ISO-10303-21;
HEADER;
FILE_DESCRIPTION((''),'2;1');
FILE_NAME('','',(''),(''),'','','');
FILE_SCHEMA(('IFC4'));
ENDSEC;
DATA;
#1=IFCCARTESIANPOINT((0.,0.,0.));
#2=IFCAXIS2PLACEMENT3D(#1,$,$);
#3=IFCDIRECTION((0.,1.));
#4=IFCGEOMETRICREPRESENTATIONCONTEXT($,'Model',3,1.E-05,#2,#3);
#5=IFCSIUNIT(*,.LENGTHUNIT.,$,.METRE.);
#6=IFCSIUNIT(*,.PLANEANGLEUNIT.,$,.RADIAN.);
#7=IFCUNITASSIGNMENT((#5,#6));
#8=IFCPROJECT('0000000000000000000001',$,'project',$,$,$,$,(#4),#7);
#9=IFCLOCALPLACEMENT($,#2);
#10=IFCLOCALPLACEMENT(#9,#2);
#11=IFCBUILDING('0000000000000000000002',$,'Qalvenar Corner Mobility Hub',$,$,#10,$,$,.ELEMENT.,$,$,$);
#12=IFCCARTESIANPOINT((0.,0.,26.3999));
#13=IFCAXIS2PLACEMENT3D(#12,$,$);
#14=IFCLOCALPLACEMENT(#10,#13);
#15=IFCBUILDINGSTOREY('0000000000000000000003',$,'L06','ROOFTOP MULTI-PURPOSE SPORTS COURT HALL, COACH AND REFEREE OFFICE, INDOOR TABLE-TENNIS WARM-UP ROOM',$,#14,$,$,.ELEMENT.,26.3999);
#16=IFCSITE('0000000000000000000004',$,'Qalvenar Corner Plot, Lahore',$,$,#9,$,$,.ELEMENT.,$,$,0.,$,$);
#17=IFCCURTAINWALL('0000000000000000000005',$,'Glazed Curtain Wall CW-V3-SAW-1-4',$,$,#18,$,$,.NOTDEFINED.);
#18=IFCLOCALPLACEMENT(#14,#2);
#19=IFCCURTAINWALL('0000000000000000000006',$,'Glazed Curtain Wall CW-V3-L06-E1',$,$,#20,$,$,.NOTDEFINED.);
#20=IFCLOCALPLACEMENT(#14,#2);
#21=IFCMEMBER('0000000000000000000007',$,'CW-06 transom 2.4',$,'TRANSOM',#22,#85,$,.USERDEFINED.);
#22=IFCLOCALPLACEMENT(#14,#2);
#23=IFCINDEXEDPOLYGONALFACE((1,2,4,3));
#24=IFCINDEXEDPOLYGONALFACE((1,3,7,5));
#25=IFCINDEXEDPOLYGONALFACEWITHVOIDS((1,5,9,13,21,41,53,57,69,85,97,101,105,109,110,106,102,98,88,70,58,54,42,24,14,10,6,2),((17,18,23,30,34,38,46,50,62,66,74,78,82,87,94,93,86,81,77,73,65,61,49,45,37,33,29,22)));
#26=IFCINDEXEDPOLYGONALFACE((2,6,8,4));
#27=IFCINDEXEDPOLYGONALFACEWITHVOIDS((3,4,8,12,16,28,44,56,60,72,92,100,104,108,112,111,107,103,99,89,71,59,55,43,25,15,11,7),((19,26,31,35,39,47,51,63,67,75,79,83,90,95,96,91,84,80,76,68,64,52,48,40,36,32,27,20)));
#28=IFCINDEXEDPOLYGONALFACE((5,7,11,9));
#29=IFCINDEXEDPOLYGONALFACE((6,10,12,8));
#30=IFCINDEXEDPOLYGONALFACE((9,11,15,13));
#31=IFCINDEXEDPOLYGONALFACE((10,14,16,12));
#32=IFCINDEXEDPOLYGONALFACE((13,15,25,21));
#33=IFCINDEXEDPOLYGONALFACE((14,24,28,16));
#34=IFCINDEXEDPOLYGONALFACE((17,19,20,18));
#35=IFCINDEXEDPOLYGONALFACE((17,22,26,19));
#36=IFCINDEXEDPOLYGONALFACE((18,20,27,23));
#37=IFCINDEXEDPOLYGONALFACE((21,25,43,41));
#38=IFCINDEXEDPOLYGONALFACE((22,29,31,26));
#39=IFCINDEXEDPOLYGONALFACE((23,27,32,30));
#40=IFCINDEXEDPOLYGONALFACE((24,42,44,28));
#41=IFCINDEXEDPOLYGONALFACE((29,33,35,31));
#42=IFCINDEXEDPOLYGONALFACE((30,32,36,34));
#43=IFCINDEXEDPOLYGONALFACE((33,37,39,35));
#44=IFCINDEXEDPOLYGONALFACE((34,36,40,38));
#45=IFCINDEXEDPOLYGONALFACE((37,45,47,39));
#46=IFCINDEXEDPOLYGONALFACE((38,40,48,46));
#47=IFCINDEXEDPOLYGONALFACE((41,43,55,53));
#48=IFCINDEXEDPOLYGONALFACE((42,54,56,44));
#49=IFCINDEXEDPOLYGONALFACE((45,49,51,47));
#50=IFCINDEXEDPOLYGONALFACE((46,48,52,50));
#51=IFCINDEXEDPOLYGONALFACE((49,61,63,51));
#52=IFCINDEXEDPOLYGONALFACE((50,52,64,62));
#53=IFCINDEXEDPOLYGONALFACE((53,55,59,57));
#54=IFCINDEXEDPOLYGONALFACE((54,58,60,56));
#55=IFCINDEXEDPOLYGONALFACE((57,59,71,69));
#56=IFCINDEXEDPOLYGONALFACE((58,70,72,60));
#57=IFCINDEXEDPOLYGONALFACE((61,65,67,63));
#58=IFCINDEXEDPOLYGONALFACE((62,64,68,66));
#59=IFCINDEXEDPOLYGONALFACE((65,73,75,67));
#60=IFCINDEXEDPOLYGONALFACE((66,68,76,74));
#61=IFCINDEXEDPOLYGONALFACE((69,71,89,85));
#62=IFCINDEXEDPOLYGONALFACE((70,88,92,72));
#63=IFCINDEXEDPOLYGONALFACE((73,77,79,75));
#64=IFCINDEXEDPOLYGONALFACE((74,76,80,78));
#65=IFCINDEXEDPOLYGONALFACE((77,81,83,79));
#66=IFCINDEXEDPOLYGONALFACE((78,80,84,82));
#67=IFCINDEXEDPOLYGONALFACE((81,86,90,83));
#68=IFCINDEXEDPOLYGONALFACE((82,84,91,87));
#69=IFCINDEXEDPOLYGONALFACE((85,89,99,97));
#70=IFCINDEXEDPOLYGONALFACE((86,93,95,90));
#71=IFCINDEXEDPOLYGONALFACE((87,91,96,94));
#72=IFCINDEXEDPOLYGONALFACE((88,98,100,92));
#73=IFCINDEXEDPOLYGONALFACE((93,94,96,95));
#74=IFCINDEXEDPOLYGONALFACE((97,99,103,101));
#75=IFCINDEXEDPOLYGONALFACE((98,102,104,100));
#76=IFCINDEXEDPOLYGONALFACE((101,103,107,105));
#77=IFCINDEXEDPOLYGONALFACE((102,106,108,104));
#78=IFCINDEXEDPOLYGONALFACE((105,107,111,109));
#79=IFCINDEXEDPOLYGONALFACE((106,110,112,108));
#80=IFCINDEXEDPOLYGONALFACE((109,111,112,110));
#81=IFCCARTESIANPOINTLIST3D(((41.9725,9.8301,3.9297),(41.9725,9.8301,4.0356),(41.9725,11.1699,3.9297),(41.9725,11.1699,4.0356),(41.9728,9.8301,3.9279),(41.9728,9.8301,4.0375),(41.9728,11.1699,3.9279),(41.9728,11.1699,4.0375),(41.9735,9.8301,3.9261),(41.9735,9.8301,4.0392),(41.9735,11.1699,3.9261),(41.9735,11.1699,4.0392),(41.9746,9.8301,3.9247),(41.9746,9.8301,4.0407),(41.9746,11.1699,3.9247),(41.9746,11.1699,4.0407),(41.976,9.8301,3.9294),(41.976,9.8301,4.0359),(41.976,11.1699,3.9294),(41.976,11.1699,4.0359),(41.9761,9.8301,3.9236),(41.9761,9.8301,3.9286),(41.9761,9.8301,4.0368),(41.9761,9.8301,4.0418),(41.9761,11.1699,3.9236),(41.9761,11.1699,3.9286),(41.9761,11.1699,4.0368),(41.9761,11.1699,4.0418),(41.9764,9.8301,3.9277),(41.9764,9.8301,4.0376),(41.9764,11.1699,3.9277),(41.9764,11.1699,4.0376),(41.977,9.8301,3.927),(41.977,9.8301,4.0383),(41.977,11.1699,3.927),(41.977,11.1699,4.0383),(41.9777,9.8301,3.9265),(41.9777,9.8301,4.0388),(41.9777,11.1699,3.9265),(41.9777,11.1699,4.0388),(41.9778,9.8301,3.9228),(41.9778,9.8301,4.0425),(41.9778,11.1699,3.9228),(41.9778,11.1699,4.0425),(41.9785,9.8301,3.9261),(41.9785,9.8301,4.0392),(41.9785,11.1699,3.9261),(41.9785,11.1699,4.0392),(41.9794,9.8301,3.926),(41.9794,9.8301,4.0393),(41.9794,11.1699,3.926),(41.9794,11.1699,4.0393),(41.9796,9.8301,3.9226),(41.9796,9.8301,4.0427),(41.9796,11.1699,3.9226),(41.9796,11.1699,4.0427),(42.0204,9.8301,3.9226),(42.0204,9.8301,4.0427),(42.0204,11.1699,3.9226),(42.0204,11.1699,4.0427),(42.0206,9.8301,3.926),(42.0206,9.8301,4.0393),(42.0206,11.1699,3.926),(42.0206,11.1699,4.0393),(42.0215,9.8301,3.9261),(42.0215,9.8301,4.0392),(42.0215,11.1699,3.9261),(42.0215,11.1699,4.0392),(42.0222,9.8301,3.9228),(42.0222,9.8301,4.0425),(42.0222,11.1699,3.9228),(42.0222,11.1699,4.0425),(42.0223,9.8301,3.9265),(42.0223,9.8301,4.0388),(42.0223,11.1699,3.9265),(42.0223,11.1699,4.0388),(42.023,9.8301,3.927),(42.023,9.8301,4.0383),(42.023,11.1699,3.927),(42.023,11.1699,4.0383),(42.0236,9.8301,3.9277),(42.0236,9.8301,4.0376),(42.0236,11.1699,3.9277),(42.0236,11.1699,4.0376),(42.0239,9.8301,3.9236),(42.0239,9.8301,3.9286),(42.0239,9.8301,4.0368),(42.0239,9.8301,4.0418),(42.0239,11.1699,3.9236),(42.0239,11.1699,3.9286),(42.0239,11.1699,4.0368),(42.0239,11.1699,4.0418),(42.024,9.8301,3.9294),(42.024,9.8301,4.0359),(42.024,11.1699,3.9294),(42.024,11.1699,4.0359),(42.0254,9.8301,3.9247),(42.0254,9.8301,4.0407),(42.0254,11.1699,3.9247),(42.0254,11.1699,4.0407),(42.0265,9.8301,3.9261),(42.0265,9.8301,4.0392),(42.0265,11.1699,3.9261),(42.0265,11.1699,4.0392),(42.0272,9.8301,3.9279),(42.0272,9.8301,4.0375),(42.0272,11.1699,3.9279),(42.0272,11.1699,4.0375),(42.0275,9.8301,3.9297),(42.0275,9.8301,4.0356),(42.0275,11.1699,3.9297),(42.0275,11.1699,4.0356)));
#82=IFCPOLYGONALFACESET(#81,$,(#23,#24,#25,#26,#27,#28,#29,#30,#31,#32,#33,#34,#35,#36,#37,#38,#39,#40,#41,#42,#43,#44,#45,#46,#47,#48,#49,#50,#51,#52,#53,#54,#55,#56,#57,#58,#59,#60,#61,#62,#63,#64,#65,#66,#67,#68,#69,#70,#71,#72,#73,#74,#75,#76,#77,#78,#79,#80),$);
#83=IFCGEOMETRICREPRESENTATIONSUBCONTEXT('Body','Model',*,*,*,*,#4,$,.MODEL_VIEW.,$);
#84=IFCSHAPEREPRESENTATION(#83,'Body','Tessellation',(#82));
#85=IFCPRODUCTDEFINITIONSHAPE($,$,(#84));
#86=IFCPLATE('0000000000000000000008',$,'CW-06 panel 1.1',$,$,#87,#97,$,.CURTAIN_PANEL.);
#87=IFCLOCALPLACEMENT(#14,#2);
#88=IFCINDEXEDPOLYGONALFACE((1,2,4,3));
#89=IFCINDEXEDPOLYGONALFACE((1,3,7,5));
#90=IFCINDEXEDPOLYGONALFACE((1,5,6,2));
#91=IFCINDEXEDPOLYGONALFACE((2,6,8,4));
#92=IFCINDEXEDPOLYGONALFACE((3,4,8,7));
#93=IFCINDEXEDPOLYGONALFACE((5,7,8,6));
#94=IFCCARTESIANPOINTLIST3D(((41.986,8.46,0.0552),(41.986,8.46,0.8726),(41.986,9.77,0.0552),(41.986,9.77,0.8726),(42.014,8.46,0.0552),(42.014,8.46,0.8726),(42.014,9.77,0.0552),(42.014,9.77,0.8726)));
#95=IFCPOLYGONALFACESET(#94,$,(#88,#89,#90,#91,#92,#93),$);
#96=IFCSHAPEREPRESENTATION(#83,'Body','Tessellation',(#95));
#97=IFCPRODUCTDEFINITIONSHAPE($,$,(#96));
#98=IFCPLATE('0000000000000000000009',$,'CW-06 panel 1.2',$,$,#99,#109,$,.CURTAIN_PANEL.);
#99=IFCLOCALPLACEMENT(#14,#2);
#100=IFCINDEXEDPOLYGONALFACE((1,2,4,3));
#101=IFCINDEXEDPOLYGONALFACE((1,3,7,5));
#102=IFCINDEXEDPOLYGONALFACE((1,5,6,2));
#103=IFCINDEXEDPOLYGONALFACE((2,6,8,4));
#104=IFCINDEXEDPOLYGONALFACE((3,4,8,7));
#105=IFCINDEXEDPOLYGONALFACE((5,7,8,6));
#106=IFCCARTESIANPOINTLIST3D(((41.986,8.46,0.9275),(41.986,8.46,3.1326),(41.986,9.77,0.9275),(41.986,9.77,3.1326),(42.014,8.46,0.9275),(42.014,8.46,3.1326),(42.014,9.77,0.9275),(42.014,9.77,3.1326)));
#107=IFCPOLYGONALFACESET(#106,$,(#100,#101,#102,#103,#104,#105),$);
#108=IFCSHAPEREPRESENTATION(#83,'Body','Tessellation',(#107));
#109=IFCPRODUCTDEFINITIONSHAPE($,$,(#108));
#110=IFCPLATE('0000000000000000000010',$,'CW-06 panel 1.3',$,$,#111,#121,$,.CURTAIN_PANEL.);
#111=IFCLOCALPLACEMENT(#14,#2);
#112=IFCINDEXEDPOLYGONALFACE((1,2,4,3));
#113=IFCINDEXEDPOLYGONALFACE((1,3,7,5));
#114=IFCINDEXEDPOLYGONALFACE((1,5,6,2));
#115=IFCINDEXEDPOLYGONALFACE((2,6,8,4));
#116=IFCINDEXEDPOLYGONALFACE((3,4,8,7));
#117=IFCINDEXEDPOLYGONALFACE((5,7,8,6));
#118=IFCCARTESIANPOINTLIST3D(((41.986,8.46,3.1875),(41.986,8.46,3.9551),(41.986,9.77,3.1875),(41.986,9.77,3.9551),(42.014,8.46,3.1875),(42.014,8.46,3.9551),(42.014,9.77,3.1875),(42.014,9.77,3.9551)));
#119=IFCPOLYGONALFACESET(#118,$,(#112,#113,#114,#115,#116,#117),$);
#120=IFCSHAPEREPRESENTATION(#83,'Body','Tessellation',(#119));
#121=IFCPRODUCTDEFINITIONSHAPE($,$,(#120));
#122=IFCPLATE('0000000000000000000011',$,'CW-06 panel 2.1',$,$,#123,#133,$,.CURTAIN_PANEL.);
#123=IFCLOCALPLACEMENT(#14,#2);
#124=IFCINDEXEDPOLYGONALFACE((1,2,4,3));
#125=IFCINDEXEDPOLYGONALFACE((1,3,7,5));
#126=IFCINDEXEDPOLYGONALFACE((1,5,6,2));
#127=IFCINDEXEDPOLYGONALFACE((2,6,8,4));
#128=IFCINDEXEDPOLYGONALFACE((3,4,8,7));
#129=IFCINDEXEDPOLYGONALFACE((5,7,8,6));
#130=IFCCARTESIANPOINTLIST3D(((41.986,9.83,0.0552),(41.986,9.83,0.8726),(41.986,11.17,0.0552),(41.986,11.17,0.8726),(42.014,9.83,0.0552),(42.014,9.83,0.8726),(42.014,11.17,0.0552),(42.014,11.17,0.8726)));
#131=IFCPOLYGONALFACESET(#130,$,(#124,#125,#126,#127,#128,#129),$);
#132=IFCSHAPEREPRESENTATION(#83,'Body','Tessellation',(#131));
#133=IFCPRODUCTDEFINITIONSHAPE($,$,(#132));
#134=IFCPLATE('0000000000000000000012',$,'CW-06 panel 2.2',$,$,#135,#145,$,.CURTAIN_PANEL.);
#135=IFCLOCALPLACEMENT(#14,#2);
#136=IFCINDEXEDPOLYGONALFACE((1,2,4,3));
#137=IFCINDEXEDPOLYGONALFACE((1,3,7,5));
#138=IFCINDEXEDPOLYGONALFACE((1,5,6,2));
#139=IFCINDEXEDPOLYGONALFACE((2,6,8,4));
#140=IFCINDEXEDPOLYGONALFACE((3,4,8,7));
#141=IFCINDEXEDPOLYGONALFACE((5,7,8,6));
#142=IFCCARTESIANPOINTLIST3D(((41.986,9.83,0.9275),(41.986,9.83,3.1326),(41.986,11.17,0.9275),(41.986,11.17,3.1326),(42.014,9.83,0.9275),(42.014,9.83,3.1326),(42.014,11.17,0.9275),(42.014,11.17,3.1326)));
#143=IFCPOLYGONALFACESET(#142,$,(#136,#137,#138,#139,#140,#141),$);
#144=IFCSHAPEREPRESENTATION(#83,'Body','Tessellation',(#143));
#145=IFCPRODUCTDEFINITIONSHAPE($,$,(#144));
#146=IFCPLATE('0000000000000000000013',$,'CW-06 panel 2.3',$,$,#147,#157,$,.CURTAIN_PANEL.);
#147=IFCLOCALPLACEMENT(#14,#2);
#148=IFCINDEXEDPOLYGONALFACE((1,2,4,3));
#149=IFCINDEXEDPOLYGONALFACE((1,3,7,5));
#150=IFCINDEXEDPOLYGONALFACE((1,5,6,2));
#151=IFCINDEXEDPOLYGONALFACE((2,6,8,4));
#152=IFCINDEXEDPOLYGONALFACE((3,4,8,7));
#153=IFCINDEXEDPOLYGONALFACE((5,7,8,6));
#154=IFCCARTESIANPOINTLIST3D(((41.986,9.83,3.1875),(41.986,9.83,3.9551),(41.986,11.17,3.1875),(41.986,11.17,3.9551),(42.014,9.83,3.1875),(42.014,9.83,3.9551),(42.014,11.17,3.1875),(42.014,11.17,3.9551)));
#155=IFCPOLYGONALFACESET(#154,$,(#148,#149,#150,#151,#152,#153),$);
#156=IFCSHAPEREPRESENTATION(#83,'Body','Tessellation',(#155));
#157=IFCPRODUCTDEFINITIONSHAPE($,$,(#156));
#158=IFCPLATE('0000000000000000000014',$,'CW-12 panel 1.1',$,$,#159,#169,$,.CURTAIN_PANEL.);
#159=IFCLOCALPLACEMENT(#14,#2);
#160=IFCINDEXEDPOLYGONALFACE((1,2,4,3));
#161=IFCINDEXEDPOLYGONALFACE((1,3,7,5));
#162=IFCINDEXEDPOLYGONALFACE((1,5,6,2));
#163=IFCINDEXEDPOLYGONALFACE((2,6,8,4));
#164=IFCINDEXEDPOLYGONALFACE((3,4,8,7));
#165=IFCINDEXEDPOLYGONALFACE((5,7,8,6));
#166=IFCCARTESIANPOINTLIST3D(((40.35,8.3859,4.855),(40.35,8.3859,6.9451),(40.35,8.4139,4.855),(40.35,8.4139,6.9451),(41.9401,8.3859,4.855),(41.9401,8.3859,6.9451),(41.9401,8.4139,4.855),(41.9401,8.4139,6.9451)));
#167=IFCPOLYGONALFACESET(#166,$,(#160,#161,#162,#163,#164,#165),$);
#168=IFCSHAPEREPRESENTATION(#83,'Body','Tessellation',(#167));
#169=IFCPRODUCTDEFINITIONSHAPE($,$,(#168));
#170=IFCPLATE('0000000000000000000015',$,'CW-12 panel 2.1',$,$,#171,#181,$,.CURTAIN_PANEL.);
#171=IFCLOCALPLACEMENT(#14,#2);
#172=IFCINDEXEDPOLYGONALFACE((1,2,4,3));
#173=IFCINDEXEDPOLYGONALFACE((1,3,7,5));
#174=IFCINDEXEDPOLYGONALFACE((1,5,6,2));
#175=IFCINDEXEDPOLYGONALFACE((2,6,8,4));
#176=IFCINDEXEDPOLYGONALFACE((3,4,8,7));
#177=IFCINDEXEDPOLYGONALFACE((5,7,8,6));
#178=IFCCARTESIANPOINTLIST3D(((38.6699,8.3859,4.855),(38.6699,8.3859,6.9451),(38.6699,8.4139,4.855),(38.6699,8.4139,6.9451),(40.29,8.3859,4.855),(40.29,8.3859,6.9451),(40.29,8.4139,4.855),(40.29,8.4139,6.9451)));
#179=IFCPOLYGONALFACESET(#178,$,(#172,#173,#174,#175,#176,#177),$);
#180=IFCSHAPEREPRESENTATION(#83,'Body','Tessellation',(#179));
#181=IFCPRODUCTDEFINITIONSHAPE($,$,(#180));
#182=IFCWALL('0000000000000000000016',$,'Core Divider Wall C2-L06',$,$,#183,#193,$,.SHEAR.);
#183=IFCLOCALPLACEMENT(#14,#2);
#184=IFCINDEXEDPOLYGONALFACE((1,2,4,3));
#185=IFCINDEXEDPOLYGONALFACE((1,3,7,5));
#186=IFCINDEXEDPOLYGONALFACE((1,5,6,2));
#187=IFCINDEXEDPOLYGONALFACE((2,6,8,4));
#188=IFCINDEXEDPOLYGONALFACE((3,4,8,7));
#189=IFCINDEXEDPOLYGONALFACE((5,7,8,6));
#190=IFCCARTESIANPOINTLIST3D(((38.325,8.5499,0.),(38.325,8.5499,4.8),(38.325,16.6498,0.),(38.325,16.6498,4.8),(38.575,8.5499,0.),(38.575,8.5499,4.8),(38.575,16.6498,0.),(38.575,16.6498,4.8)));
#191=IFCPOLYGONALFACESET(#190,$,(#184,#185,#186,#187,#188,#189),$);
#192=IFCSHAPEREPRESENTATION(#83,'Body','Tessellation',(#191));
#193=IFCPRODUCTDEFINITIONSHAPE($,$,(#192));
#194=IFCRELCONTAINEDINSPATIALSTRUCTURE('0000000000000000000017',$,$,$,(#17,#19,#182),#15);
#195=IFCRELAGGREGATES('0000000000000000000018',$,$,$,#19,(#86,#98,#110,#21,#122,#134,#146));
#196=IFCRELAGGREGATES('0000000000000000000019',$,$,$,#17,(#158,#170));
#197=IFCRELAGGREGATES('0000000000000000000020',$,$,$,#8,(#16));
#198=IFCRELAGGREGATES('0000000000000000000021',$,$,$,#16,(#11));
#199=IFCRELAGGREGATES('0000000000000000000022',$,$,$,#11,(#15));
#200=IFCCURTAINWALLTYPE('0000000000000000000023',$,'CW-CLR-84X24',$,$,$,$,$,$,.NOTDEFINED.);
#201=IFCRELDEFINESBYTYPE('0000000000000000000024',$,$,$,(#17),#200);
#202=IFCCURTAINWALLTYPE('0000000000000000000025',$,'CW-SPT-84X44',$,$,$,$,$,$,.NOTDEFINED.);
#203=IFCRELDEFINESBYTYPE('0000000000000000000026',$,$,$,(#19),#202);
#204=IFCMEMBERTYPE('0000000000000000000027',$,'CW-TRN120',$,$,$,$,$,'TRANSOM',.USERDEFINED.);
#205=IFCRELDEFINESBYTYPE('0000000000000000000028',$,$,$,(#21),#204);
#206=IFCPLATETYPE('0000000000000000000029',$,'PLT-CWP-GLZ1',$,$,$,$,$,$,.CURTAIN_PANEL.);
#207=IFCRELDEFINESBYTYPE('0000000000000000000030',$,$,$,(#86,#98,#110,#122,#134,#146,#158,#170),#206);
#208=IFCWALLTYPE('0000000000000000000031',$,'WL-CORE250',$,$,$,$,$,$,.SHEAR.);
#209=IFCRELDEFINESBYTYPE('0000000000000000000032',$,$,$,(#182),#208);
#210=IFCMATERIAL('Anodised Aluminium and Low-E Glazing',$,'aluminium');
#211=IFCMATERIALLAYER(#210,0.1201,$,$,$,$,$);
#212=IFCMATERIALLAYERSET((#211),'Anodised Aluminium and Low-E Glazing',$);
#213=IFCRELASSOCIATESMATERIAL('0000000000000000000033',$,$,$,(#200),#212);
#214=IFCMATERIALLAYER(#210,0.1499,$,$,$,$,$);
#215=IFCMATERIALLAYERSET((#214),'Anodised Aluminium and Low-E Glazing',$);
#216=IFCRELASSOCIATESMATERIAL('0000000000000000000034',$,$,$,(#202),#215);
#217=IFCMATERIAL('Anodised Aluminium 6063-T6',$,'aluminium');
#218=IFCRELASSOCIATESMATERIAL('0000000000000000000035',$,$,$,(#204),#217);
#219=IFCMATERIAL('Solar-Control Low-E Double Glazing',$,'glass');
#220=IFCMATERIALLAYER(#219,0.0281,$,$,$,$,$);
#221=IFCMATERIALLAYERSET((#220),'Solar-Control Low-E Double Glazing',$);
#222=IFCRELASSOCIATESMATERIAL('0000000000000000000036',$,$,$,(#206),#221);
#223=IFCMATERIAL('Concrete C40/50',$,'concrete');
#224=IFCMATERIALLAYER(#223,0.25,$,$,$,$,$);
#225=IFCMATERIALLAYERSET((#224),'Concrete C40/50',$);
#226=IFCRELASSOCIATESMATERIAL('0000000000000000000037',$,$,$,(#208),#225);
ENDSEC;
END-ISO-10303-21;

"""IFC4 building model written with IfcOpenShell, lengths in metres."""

from ifc_helpers import new_model, si_unit, direction, frame, frame_2d, origin, origin_2d, place, context, subcontext, project, spatial, rectangle, hollow_rectangle, extrude, material, layer, layer_set, material_profile, profile_set, type_object, element, aggregate, save


model = new_model("IFC4")

# Units and contexts
model_context = context("Model", 3, precision=1e-05, world=origin(), true_north=direction((0.0, 1.0)))
body_context = subcontext(model_context, "Body", "Model", "MODEL_VIEW")
ifc_project = project(units=[si_unit("LENGTHUNIT", "METRE"), si_unit("PLANEANGLEUNIT", "RADIAN")], contexts=[model_context])

# Site, building, storey
site_placement = place(None, origin())
site = spatial("IfcSite", under=ifc_project, at=site_placement, Name="Qalvenar Corner Plot, Lahore", CompositionType="ELEMENT", RefElevation=0.0)
building_placement = place(site_placement, origin())
building = spatial("IfcBuilding", under=site, at=building_placement, Name="Qalvenar Corner Mobility Hub", CompositionType="ELEMENT")
storey_placement = place(building_placement, frame((0.0, 0.0, 26.3999)))
storey = spatial("IfcBuildingStorey", under=building, at=storey_placement, Name="L06", Description="ROOFTOP MULTI-PURPOSE SPORTS COURT HALL, COACH AND REFEREE OFFICE, INDOOR TABLE-TENNIS WARM-UP ROOM", CompositionType="ELEMENT", Elevation=26.3999)

# Curtain walls
ifc_material_1 = material(Name="Anodised Aluminium and Low-E Glazing", Category="aluminium")
ifc_layer_1 = layer(ifc_material_1, 0.1201)
ifc_layer_set_1 = layer_set([ifc_layer_1], Name="Anodised Aluminium and Low-E Glazing")
curtain_wall_type_1 = type_object("IfcCurtainWallType", Name="CW-CLR-84X24", PredefinedType="NOTDEFINED", material=ifc_layer_set_1)
curtain_wall_1_placement = place(storey_placement, origin())
curtain_wall_1 = element("IfcCurtainWall", 1, at=curtain_wall_1_placement, inside=storey, type_object=curtain_wall_type_1, Name="Glazed Curtain Wall CW-V3-SAW-1-4", PredefinedType="NOTDEFINED")
ifc_material_2 = material(Name="Anodised Aluminium 6063-T6", Category="aluminium")
ifc_layer_2 = layer(ifc_material_1, 0.1499)
ifc_layer_set_2 = layer_set([ifc_layer_2], Name="Anodised Aluminium and Low-E Glazing")
curtain_wall_type_2 = type_object("IfcCurtainWallType", Name="CW-SPT-84X44", PredefinedType="NOTDEFINED", material=ifc_layer_set_2)
curtain_wall_2_placement = place(storey_placement, origin())
curtain_wall_2 = element("IfcCurtainWall", 2, at=curtain_wall_2_placement, inside=storey, type_object=curtain_wall_type_2, Name="Glazed Curtain Wall CW-V3-L06-E1", PredefinedType="NOTDEFINED")

# Member
ifc_material_profile_1 = material_profile(ifc_material_2, hollow_rectangle(XDim=0.0549, YDim=0.1201, WallThickness=0.0034, InnerFilletRadius=0.0034, OuterFilletRadius=0.0071, at=origin_2d()), Name="RHS120x55x3.5")
ifc_profile_set_1 = profile_set([ifc_material_profile_1], Name="Anodised Aluminium 6063-T6")
member_type_1 = type_object("IfcMemberType", Name="CW-TRN120", ElementType="TRANSOM", PredefinedType="USERDEFINED", material=ifc_profile_set_1)
member_1_placement = place(storey_placement, frame((42.0, 9.8301, 3.9827), z_axis=(0.0, 1.0, 0.0), x_axis=(-1.0, 0.0, 0.0)))
member_1 = element("IfcMember", 3, at=member_1_placement, type_object=member_type_1, Name="CW-06 transom 2.4", ObjectType="TRANSOM", PredefinedType="USERDEFINED", context=body_context, shape_type="SweptSolid", body=[
    extrude(hollow_rectangle(XDim=0.0549, YDim=0.1201, WallThickness=0.0034, InnerFilletRadius=0.0034, OuterFilletRadius=0.0071, at=origin_2d()), origin(), (0.0, 0.0, 1.0), 1.3398),
])

# Plates
ifc_material_3 = material(Name="Solar-Control Low-E Double Glazing", Category="glass")
ifc_layer_3 = layer(ifc_material_3, 0.0281)
ifc_layer_set_3 = layer_set([ifc_layer_3], Name="Solar-Control Low-E Double Glazing")
plate_type = type_object("IfcPlateType", Name="PLT-CWP-GLZ1", PredefinedType="CURTAIN_PANEL", material=ifc_layer_set_3)
plate_1_placement = place(storey_placement, frame((42.0, 9.115, 0.0552), z_axis=(0.0, 0.0, 1.0), x_axis=(0.0, 1.0, 0.0)))
plate_1 = element("IfcPlate", 4, at=plate_1_placement, type_object=plate_type, Name="CW-06 panel 1.1", PredefinedType="CURTAIN_PANEL", context=body_context, shape_type="SweptSolid", body=[
    extrude(rectangle(XDim=1.3101, YDim=0.0281, at=origin_2d()), origin(), (0.0, 0.0, 1.0), 0.8174),
])
plate_2_placement = place(storey_placement, frame((42.0, 9.115, 0.9275), z_axis=(0.0, 0.0, 1.0), x_axis=(0.0, 1.0, 0.0)))
plate_2 = element("IfcPlate", 5, at=plate_2_placement, type_object=plate_type, Name="CW-06 panel 1.2", PredefinedType="CURTAIN_PANEL", context=body_context, shape_type="SweptSolid", body=[
    extrude(rectangle(XDim=1.3101, YDim=0.0281, at=origin_2d()), origin(), (0.0, 0.0, 1.0), 2.2051),
])
plate_3_placement = place(storey_placement, frame((42.0, 9.115, 3.1875), z_axis=(0.0, 0.0, 1.0), x_axis=(0.0, 1.0, 0.0)))
plate_3 = element("IfcPlate", 6, at=plate_3_placement, type_object=plate_type, Name="CW-06 panel 1.3", PredefinedType="CURTAIN_PANEL", context=body_context, shape_type="SweptSolid", body=[
    extrude(rectangle(XDim=1.3101, YDim=0.0281, at=origin_2d()), origin(), (0.0, 0.0, 1.0), 0.7676),
])
plate_4_placement = place(storey_placement, frame((42.0, 10.5, 0.0552), z_axis=(0.0, 0.0, 1.0), x_axis=(0.0, 1.0, 0.0)))
plate_4 = element("IfcPlate", 7, at=plate_4_placement, type_object=plate_type, Name="CW-06 panel 2.1", PredefinedType="CURTAIN_PANEL", context=body_context, shape_type="SweptSolid", body=[
    extrude(rectangle(XDim=1.3401, YDim=0.0281, at=origin_2d()), origin(), (0.0, 0.0, 1.0), 0.8174),
])
plate_5_placement = place(storey_placement, frame((42.0, 10.5, 0.9275), z_axis=(0.0, 0.0, 1.0), x_axis=(0.0, 1.0, 0.0)))
plate_5 = element("IfcPlate", 8, at=plate_5_placement, type_object=plate_type, Name="CW-06 panel 2.2", PredefinedType="CURTAIN_PANEL", context=body_context, shape_type="SweptSolid", body=[
    extrude(rectangle(XDim=1.3401, YDim=0.0281, at=origin_2d()), origin(), (0.0, 0.0, 1.0), 2.2051),
])
plate_6_placement = place(storey_placement, frame((42.0, 10.5, 3.1875), z_axis=(0.0, 0.0, 1.0), x_axis=(0.0, 1.0, 0.0)))
plate_6 = element("IfcPlate", 9, at=plate_6_placement, type_object=plate_type, Name="CW-06 panel 2.3", PredefinedType="CURTAIN_PANEL", context=body_context, shape_type="SweptSolid", body=[
    extrude(rectangle(XDim=1.3401, YDim=0.0281, at=origin_2d()), origin(), (0.0, 0.0, 1.0), 0.7676),
])
aggregate(curtain_wall_2, [plate_1, plate_2, plate_3, member_1, plate_4, plate_5, plate_6])
plate_7_placement = place(storey_placement, frame((41.145, 8.3999, 4.855), z_axis=(0.0, 0.0, 1.0), x_axis=(-1.0, 0.0, 0.0)))
plate_7 = element("IfcPlate", 10, at=plate_7_placement, type_object=plate_type, Name="CW-12 panel 1.1", PredefinedType="CURTAIN_PANEL", context=body_context, shape_type="SweptSolid", body=[
    extrude(rectangle(XDim=1.5901, YDim=0.0281, at=origin_2d()), origin(), (0.0, 0.0, 1.0), 2.0901),
])
plate_8_placement = place(storey_placement, frame((39.48, 8.3999, 4.855), z_axis=(0.0, 0.0, 1.0), x_axis=(-1.0, 0.0, 0.0)))
plate_8 = element("IfcPlate", 11, at=plate_8_placement, type_object=plate_type, Name="CW-12 panel 2.1", PredefinedType="CURTAIN_PANEL", context=body_context, shape_type="SweptSolid", body=[
    extrude(rectangle(XDim=1.6201, YDim=0.0281, at=origin_2d()), origin(), (0.0, 0.0, 1.0), 2.0901),
])
aggregate(curtain_wall_1, [plate_7, plate_8])

# Wall
ifc_material_4 = material(Name="Concrete C40/50", Category="concrete")
ifc_layer_4 = layer(ifc_material_4, 0.25)
ifc_layer_set_4 = layer_set([ifc_layer_4], Name="Concrete C40/50")
wall_type_1 = type_object("IfcWallType", Name="WL-CORE250", PredefinedType="SHEAR", material=ifc_layer_set_4)
wall_1_placement = place(storey_placement, frame((38.45, 8.55, 0.0), z_axis=(0.0, 0.0, 1.0), x_axis=(0.0, 1.0, 0.0)))
element("IfcWall", 12, at=wall_1_placement, inside=storey, type_object=wall_type_1, Name="Core Divider Wall C2-L06", PredefinedType="SHEAR", context=body_context, shape_type="SweptSolid", body=[
    extrude(rectangle(XDim=8.0999, YDim=0.25, at=frame_2d((4.0498, 0.0))), origin(), (0.0, 0.0, 1.0), 4.8),
])

save(model, "model.ifc")
